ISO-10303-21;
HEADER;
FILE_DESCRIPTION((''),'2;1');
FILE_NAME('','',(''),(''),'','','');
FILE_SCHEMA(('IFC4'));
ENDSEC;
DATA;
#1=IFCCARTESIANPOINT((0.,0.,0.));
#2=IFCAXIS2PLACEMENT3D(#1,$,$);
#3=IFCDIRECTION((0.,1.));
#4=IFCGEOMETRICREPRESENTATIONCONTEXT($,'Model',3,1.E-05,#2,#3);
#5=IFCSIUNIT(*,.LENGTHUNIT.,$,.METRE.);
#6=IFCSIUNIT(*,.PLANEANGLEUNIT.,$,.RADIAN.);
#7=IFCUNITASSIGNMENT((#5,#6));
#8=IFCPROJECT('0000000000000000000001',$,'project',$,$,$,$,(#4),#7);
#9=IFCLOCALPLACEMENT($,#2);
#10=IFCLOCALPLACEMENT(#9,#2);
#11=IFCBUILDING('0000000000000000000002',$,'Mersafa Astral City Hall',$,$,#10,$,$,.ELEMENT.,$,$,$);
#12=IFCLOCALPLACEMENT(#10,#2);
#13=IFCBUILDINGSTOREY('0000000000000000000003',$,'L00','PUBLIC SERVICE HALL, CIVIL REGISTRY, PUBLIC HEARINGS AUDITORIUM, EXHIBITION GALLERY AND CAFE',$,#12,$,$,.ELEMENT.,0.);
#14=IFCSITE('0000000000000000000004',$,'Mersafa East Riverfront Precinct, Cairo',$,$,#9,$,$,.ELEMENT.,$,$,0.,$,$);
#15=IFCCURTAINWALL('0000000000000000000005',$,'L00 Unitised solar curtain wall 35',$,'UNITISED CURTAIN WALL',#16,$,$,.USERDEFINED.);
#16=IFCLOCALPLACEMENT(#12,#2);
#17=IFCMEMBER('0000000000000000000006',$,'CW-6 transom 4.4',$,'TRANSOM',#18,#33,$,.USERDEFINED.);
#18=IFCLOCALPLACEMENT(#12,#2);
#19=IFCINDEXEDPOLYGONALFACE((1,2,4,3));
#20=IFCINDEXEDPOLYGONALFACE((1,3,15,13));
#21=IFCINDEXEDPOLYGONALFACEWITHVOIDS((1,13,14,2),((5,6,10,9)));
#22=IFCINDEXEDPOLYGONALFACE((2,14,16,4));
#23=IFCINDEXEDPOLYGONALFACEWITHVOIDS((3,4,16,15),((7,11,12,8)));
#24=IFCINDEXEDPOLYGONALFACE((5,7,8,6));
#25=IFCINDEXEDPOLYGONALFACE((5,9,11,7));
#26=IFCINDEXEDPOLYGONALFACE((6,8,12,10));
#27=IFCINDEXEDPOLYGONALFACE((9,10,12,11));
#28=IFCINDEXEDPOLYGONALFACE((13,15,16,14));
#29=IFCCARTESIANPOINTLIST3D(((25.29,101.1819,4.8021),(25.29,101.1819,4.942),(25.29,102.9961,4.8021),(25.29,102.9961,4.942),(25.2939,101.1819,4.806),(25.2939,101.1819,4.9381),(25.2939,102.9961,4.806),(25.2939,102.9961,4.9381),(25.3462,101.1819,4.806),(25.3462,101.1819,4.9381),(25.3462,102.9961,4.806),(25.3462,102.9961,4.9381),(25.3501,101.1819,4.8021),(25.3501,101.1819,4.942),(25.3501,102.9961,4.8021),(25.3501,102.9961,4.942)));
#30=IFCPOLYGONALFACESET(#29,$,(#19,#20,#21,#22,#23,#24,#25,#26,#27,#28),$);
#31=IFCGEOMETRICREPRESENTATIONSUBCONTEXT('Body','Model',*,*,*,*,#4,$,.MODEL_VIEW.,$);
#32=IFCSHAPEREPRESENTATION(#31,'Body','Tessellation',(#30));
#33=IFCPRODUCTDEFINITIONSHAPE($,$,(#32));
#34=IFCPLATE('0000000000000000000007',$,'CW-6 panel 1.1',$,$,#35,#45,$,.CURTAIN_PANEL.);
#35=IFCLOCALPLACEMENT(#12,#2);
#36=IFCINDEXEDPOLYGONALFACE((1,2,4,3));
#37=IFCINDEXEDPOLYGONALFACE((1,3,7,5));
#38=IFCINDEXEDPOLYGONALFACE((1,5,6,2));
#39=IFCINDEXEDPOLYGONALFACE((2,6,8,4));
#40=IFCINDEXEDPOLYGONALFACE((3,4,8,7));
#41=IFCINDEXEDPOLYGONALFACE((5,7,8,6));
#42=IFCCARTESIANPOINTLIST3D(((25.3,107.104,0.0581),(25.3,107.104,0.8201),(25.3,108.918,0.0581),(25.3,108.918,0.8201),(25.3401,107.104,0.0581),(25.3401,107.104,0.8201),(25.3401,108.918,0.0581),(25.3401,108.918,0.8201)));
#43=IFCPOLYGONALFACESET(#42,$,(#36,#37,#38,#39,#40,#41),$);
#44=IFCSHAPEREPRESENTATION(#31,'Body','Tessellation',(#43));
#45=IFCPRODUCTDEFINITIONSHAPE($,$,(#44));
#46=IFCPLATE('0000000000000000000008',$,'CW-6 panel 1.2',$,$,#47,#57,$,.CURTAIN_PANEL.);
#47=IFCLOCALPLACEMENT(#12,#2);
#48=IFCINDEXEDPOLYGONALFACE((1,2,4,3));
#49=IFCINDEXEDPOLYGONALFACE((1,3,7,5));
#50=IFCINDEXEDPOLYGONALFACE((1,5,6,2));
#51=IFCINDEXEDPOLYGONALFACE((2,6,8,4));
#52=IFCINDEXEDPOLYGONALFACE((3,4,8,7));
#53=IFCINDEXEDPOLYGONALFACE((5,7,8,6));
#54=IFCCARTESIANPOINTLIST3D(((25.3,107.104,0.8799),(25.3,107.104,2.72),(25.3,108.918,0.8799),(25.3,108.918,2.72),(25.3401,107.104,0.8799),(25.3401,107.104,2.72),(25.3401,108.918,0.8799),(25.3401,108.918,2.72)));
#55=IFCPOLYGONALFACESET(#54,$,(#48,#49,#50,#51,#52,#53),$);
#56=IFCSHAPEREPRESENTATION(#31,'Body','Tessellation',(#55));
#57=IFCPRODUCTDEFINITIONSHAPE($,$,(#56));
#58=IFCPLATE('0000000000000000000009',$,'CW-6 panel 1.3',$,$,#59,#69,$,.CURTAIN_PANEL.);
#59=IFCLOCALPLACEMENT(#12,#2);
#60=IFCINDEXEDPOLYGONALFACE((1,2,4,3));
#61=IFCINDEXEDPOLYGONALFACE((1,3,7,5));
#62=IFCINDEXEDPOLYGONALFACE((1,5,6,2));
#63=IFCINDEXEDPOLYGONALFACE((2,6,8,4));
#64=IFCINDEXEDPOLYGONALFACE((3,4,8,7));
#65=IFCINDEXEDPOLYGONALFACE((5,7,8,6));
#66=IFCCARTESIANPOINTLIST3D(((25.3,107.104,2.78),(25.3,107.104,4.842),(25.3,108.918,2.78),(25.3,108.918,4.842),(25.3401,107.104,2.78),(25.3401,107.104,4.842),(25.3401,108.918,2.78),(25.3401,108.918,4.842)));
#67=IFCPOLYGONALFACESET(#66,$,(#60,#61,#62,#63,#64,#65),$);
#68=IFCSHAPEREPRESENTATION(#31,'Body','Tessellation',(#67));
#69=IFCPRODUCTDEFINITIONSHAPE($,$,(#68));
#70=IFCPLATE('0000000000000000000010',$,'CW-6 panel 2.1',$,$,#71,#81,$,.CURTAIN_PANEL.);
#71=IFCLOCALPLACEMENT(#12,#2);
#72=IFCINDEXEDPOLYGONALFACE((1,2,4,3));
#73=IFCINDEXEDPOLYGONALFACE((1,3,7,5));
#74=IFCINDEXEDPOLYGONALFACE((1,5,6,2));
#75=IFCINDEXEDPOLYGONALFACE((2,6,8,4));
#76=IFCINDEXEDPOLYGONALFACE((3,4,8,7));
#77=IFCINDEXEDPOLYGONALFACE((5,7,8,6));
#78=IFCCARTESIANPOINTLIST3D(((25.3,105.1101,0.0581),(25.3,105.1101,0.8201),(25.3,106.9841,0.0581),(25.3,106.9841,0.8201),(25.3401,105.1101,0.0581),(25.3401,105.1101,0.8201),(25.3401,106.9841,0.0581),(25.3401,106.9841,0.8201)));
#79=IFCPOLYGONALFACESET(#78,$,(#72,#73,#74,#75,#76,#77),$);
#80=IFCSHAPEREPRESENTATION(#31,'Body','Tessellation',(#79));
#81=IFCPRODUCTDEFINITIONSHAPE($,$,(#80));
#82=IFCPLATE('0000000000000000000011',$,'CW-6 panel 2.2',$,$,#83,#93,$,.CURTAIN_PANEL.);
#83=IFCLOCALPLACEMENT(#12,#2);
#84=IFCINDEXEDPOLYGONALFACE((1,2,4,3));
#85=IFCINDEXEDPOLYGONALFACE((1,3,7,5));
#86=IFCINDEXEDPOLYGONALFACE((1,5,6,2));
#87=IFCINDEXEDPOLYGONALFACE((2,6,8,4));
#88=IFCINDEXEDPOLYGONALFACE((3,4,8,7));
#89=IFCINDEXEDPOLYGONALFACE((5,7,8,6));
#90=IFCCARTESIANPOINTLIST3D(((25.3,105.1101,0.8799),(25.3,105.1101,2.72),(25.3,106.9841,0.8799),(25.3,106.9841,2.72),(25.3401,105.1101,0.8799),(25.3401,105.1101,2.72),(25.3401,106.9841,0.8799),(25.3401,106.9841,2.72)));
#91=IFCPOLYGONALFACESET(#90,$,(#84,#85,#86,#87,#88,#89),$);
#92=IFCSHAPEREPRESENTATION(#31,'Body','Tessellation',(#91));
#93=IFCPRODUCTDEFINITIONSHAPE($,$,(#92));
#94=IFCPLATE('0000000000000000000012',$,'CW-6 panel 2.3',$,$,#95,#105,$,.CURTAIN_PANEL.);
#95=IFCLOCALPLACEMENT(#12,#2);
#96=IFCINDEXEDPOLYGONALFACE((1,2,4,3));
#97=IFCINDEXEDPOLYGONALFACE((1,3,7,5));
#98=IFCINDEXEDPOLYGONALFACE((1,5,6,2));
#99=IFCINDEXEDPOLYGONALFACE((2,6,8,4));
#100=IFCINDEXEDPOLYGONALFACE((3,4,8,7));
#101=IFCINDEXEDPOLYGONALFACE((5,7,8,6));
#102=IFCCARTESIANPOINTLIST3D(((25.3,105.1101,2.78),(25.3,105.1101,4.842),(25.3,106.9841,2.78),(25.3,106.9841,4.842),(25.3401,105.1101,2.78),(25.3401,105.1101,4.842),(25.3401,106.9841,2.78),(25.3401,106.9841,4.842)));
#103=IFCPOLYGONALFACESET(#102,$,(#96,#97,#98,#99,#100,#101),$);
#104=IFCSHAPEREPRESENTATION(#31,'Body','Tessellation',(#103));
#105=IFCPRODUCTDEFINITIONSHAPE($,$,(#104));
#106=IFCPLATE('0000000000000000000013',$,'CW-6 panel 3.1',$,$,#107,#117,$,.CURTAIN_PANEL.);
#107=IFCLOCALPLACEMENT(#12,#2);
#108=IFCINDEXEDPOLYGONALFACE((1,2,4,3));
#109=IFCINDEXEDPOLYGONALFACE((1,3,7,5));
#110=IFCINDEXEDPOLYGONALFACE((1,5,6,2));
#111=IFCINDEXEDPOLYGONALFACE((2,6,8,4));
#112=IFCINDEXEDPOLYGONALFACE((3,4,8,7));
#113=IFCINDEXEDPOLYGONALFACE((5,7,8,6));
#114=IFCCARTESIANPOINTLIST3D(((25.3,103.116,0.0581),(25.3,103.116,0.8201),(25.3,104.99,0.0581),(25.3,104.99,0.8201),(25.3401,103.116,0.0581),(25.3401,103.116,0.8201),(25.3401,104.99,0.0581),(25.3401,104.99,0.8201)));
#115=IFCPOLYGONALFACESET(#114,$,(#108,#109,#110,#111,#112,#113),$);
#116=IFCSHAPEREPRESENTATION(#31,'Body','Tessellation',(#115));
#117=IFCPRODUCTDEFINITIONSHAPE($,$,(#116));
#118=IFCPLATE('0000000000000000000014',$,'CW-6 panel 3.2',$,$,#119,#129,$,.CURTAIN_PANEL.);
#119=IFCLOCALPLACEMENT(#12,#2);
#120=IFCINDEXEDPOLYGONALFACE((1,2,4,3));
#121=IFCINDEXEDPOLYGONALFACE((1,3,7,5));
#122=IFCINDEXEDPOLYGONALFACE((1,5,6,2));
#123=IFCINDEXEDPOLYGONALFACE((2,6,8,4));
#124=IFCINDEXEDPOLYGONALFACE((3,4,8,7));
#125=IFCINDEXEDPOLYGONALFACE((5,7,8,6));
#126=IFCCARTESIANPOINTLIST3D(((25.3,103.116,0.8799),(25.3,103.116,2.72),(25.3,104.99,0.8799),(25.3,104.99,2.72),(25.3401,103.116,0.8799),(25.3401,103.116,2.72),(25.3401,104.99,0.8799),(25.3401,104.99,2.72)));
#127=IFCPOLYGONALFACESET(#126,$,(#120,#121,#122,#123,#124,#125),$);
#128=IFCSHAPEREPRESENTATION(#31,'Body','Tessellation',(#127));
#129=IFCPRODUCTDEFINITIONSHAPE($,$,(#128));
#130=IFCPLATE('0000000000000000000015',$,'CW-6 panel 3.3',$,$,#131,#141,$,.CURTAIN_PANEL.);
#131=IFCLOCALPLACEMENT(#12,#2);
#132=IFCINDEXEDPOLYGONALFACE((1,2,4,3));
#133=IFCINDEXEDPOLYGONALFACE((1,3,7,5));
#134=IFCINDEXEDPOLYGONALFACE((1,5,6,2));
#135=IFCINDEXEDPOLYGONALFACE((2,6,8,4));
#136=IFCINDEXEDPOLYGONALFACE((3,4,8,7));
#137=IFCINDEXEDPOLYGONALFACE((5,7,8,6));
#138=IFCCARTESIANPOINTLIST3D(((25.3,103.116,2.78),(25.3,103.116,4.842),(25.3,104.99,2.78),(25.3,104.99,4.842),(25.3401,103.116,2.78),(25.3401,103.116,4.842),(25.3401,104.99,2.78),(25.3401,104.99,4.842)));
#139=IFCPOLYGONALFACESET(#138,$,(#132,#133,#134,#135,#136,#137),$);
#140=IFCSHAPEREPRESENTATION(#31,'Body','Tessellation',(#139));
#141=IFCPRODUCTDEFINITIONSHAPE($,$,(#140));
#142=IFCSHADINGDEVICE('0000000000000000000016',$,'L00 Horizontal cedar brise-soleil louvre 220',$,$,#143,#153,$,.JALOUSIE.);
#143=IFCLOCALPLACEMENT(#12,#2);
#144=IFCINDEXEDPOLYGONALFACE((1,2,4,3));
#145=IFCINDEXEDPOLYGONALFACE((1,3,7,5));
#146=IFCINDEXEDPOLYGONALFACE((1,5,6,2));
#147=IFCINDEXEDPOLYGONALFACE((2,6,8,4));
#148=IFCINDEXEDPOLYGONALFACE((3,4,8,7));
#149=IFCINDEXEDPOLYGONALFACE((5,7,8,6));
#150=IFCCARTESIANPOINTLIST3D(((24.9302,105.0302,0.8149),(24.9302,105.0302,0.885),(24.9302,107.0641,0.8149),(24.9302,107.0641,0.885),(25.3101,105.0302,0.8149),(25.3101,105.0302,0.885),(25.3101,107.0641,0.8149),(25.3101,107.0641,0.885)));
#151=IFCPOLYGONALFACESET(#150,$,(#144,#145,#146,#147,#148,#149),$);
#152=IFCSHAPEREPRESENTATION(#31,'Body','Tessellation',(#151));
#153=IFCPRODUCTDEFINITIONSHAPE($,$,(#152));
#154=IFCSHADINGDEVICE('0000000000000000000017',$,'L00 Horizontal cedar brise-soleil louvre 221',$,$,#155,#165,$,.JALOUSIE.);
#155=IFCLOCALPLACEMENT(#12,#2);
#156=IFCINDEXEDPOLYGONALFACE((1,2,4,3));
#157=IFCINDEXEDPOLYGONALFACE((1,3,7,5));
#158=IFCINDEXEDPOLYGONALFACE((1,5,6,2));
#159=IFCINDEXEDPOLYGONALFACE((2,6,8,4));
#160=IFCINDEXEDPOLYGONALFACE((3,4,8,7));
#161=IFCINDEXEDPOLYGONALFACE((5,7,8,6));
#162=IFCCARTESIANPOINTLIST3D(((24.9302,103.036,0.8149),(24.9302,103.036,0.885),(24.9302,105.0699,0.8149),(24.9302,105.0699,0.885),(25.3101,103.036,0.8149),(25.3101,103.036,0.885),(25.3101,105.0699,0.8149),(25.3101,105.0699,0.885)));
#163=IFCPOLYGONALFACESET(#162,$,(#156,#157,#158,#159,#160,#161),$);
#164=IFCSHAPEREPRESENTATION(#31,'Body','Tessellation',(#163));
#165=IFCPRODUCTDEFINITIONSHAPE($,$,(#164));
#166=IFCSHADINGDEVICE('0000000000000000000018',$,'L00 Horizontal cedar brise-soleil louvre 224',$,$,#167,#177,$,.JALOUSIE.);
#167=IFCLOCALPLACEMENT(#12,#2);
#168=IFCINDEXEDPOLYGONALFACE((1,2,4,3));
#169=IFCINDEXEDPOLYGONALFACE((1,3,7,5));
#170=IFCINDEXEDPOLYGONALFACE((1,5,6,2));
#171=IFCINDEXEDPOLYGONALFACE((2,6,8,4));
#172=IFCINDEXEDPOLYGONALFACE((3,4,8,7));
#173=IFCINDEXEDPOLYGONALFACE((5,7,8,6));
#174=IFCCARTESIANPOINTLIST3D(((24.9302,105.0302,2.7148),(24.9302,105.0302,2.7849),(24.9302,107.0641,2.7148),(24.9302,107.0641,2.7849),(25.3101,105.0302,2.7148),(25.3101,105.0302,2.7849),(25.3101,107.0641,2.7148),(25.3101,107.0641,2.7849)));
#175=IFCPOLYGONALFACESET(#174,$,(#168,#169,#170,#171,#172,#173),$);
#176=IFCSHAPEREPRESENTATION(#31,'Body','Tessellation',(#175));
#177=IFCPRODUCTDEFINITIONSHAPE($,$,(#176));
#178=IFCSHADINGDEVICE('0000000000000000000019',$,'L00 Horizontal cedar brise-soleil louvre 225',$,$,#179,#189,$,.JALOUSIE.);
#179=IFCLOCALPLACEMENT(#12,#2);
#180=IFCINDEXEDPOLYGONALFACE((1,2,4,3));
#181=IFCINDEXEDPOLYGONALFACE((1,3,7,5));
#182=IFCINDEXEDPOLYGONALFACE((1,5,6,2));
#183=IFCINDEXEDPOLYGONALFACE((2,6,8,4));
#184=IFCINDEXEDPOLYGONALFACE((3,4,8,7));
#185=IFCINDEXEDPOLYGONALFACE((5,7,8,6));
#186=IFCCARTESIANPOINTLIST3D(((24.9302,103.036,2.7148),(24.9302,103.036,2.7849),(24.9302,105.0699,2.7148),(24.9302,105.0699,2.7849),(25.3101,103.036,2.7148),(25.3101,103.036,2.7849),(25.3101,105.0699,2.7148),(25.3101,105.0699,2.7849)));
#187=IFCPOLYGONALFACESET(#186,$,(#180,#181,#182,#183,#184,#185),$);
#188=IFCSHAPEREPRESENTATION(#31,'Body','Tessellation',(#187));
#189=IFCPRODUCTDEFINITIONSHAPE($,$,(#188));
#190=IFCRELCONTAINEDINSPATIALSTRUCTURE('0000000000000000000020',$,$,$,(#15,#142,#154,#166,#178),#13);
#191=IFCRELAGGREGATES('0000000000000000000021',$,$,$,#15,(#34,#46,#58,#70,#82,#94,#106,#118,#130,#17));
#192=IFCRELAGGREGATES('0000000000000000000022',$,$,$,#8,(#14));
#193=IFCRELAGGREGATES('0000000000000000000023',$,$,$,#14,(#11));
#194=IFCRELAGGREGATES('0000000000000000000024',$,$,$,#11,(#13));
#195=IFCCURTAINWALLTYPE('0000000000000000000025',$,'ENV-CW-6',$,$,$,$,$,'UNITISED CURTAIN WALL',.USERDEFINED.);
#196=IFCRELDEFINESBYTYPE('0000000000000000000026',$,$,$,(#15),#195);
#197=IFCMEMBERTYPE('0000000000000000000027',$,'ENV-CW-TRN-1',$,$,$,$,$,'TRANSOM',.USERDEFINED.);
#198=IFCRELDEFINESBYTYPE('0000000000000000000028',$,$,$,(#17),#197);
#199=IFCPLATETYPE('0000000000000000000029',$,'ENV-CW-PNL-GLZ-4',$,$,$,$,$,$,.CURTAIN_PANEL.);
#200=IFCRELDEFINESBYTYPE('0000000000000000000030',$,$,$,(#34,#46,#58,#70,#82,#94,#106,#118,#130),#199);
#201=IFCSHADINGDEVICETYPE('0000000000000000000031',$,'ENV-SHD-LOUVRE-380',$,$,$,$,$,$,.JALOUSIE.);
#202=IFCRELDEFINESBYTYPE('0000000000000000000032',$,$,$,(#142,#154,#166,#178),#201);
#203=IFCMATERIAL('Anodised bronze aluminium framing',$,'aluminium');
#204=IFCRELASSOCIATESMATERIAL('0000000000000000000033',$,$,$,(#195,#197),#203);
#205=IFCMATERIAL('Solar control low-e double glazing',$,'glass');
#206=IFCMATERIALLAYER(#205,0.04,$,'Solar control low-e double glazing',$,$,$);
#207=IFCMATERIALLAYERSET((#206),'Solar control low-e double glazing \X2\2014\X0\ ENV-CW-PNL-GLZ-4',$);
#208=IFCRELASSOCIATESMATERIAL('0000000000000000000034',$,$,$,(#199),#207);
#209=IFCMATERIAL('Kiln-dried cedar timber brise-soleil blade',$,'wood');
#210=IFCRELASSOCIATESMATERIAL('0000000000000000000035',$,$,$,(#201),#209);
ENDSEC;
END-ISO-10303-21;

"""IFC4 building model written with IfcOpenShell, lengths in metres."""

from ifc_helpers import new_model, si_unit, direction, frame, origin, origin_2d, place, context, subcontext, project, spatial, rectangle, hollow_rectangle, extrude, material, layer, layer_set, material_profile, profile_set, type_object, element, aggregate, save


model = new_model("IFC4")

# Units and contexts
model_context = context("Model", 3, precision=1e-05, world=origin(), true_north=direction((0.0, 1.0)))
body_context = subcontext(model_context, "Body", "Model", "MODEL_VIEW")
ifc_project = project(units=[si_unit("LENGTHUNIT", "METRE"), si_unit("PLANEANGLEUNIT", "RADIAN")], contexts=[model_context])

# Site, building, storey
site_placement = place(None, origin())
site = spatial("IfcSite", under=ifc_project, at=site_placement, Name="Mersafa East Riverfront Precinct, Cairo", CompositionType="ELEMENT", RefElevation=0.0)
building_placement = place(site_placement, origin())
building = spatial("IfcBuilding", under=site, at=building_placement, Name="Mersafa Astral City Hall", CompositionType="ELEMENT")
storey_placement = place(building_placement, origin())
storey = spatial("IfcBuildingStorey", under=building, at=storey_placement, Name="L00", Description="PUBLIC SERVICE HALL, CIVIL REGISTRY, PUBLIC HEARINGS AUDITORIUM, EXHIBITION GALLERY AND CAFE", CompositionType="ELEMENT", Elevation=0.0)

# Curtain wall, member, plates
ifc_material_1 = material(Name="Anodised bronze aluminium framing", Category="aluminium")
curtain_wall_type = type_object("IfcCurtainWallType", Name="ENV-CW-6", ElementType="UNITISED CURTAIN WALL", PredefinedType="USERDEFINED", material=ifc_material_1)
curtain_wall_placement = place(storey_placement, origin())
curtain_wall = element("IfcCurtainWall", 1, at=curtain_wall_placement, inside=storey, type_object=curtain_wall_type, Name="L00 Unitised solar curtain wall 35", ObjectType="UNITISED CURTAIN WALL", PredefinedType="USERDEFINED")
ifc_material_profile_1 = material_profile(ifc_material_1, hollow_rectangle(XDim=0.0601, YDim=0.1399, WallThickness=0.0039, at=origin_2d()), Name="RHS 60x140x4")
ifc_profile_set_1 = profile_set([ifc_material_profile_1], Name="Anodised bronze aluminium framing")
member_type_1 = type_object("IfcMemberType", Name="ENV-CW-TRN-1", ElementType="TRANSOM", PredefinedType="USERDEFINED", material=ifc_profile_set_1)
member_1_placement = place(storey_placement, frame((25.3201, 102.9961, 4.8721), z_axis=(0.0, -1.0, 0.0), x_axis=(1.0, 0.0, 0.0)))
member_1 = element("IfcMember", 2, at=member_1_placement, type_object=member_type_1, Name="CW-6 transom 4.4", ObjectType="TRANSOM", PredefinedType="USERDEFINED", context=body_context, shape_type="SweptSolid", body=[
    extrude(hollow_rectangle(XDim=0.0601, YDim=0.1399, WallThickness=0.0039, at=origin_2d()), origin(), (0.0, 0.0, 1.0), 1.8142),
])
ifc_material_2 = material(Name="Solar control low-e double glazing", Category="glass")
ifc_layer = layer(ifc_material_2, 0.04, Name="Solar control low-e double glazing")
ifc_layer_set = layer_set([ifc_layer], Name="Solar control low-e double glazing — ENV-CW-PNL-GLZ-4")
plate_type = type_object("IfcPlateType", Name="ENV-CW-PNL-GLZ-4", PredefinedType="CURTAIN_PANEL", material=ifc_layer_set)
plate_1_placement = place(storey_placement, frame((25.3201, 108.011, 0.0581), z_axis=(0.0, 0.0, 1.0), x_axis=(0.0, -1.0, 0.0)))
plate_1 = element("IfcPlate", 3, at=plate_1_placement, type_object=plate_type, Name="CW-6 panel 1.1", PredefinedType="CURTAIN_PANEL", context=body_context, shape_type="SweptSolid", body=[
    extrude(rectangle(XDim=1.814, YDim=0.04, at=origin_2d()), origin(), (0.0, 0.0, 1.0), 0.762),
])
plate_2_placement = place(storey_placement, frame((25.3201, 108.011, 0.8799), z_axis=(0.0, 0.0, 1.0), x_axis=(0.0, -1.0, 0.0)))
plate_2 = element("IfcPlate", 4, at=plate_2_placement, type_object=plate_type, Name="CW-6 panel 1.2", PredefinedType="CURTAIN_PANEL", context=body_context, shape_type="SweptSolid", body=[
    extrude(rectangle(XDim=1.814, YDim=0.04, at=origin_2d()), origin(), (0.0, 0.0, 1.0), 1.8401),
])
plate_3_placement = place(storey_placement, frame((25.3201, 108.011, 2.78), z_axis=(0.0, 0.0, 1.0), x_axis=(0.0, -1.0, 0.0)))
plate_3 = element("IfcPlate", 5, at=plate_3_placement, type_object=plate_type, Name="CW-6 panel 1.3", PredefinedType="CURTAIN_PANEL", context=body_context, shape_type="SweptSolid", body=[
    extrude(rectangle(XDim=1.814, YDim=0.04, at=origin_2d()), origin(), (0.0, 0.0, 1.0), 2.062),
])
plate_4_placement = place(storey_placement, frame((25.3201, 106.0471, 0.0581), z_axis=(0.0, 0.0, 1.0), x_axis=(0.0, -1.0, 0.0)))
plate_4 = element("IfcPlate", 6, at=plate_4_placement, type_object=plate_type, Name="CW-6 panel 2.1", PredefinedType="CURTAIN_PANEL", context=body_context, shape_type="SweptSolid", body=[
    extrude(rectangle(XDim=1.874, YDim=0.04, at=origin_2d()), origin(), (0.0, 0.0, 1.0), 0.762),
])
plate_5_placement = place(storey_placement, frame((25.3201, 106.0471, 0.8799), z_axis=(0.0, 0.0, 1.0), x_axis=(0.0, -1.0, 0.0)))
plate_5 = element("IfcPlate", 7, at=plate_5_placement, type_object=plate_type, Name="CW-6 panel 2.2", PredefinedType="CURTAIN_PANEL", context=body_context, shape_type="SweptSolid", body=[
    extrude(rectangle(XDim=1.874, YDim=0.04, at=origin_2d()), origin(), (0.0, 0.0, 1.0), 1.8401),
])
plate_6_placement = place(storey_placement, frame((25.3201, 106.0471, 2.78), z_axis=(0.0, 0.0, 1.0), x_axis=(0.0, -1.0, 0.0)))
plate_6 = element("IfcPlate", 8, at=plate_6_placement, type_object=plate_type, Name="CW-6 panel 2.3", PredefinedType="CURTAIN_PANEL", context=body_context, shape_type="SweptSolid", body=[
    extrude(rectangle(XDim=1.874, YDim=0.04, at=origin_2d()), origin(), (0.0, 0.0, 1.0), 2.062),
])
plate_7_placement = place(storey_placement, frame((25.3201, 104.053, 0.0581), z_axis=(0.0, 0.0, 1.0), x_axis=(0.0, -1.0, 0.0)))
plate_7 = element("IfcPlate", 9, at=plate_7_placement, type_object=plate_type, Name="CW-6 panel 3.1", PredefinedType="CURTAIN_PANEL", context=body_context, shape_type="SweptSolid", body=[
    extrude(rectangle(XDim=1.874, YDim=0.04, at=origin_2d()), origin(), (0.0, 0.0, 1.0), 0.762),
])
plate_8_placement = place(storey_placement, frame((25.3201, 104.053, 0.8799), z_axis=(0.0, 0.0, 1.0), x_axis=(0.0, -1.0, 0.0)))
plate_8 = element("IfcPlate", 10, at=plate_8_placement, type_object=plate_type, Name="CW-6 panel 3.2", PredefinedType="CURTAIN_PANEL", context=body_context, shape_type="SweptSolid", body=[
    extrude(rectangle(XDim=1.874, YDim=0.04, at=origin_2d()), origin(), (0.0, 0.0, 1.0), 1.8401),
])
plate_9_placement = place(storey_placement, frame((25.3201, 104.053, 2.78), z_axis=(0.0, 0.0, 1.0), x_axis=(0.0, -1.0, 0.0)))
plate_9 = element("IfcPlate", 11, at=plate_9_placement, type_object=plate_type, Name="CW-6 panel 3.3", PredefinedType="CURTAIN_PANEL", context=body_context, shape_type="SweptSolid", body=[
    extrude(rectangle(XDim=1.874, YDim=0.04, at=origin_2d()), origin(), (0.0, 0.0, 1.0), 2.062),
])
aggregate(curtain_wall, [plate_1, plate_2, plate_3, plate_4, plate_5, plate_6, plate_7, plate_8, plate_9, member_1])

# Shading devices
ifc_material_3 = material(Name="Kiln-dried cedar timber brise-soleil blade", Category="wood")
shading_device_type = type_object("IfcShadingDeviceType", Name="ENV-SHD-LOUVRE-380", PredefinedType="JALOUSIE", material=ifc_material_3)
for number, where, z_axis, x_axis, name in (
    (12, (25.1201, 106.0471, 0.8149), (0.0, 0.0, 1.0), (0.0, -1.0, 0.0), "L00 Horizontal cedar brise-soleil louvre 220"),
    (13, (25.1201, 104.053, 0.8149), (0.0, 0.0, 1.0), (0.0, -1.0, 0.0), "L00 Horizontal cedar brise-soleil louvre 221"),
    (14, (25.1201, 106.0471, 2.7148), (0.0, 0.0, 1.0), (0.0, -1.0, 0.0), "L00 Horizontal cedar brise-soleil louvre 224"),
    (15, (25.1201, 104.053, 2.7148), (0.0, 0.0, 1.0), (0.0, -1.0, 0.0), "L00 Horizontal cedar brise-soleil louvre 225"),
):
    element("IfcShadingDevice", number, at=place(storey_placement, frame(where, z_axis=z_axis, x_axis=x_axis)), inside=storey, type_object=shading_device_type, Name=name, PredefinedType="JALOUSIE", context=body_context, shape_type="SweptSolid", body=[
        extrude(rectangle(XDim=2.0339, YDim=0.3799, at=origin_2d()), origin(), (0.0, 0.0, 1.0), 0.0701),
    ])

save(model, "model.ifc")
